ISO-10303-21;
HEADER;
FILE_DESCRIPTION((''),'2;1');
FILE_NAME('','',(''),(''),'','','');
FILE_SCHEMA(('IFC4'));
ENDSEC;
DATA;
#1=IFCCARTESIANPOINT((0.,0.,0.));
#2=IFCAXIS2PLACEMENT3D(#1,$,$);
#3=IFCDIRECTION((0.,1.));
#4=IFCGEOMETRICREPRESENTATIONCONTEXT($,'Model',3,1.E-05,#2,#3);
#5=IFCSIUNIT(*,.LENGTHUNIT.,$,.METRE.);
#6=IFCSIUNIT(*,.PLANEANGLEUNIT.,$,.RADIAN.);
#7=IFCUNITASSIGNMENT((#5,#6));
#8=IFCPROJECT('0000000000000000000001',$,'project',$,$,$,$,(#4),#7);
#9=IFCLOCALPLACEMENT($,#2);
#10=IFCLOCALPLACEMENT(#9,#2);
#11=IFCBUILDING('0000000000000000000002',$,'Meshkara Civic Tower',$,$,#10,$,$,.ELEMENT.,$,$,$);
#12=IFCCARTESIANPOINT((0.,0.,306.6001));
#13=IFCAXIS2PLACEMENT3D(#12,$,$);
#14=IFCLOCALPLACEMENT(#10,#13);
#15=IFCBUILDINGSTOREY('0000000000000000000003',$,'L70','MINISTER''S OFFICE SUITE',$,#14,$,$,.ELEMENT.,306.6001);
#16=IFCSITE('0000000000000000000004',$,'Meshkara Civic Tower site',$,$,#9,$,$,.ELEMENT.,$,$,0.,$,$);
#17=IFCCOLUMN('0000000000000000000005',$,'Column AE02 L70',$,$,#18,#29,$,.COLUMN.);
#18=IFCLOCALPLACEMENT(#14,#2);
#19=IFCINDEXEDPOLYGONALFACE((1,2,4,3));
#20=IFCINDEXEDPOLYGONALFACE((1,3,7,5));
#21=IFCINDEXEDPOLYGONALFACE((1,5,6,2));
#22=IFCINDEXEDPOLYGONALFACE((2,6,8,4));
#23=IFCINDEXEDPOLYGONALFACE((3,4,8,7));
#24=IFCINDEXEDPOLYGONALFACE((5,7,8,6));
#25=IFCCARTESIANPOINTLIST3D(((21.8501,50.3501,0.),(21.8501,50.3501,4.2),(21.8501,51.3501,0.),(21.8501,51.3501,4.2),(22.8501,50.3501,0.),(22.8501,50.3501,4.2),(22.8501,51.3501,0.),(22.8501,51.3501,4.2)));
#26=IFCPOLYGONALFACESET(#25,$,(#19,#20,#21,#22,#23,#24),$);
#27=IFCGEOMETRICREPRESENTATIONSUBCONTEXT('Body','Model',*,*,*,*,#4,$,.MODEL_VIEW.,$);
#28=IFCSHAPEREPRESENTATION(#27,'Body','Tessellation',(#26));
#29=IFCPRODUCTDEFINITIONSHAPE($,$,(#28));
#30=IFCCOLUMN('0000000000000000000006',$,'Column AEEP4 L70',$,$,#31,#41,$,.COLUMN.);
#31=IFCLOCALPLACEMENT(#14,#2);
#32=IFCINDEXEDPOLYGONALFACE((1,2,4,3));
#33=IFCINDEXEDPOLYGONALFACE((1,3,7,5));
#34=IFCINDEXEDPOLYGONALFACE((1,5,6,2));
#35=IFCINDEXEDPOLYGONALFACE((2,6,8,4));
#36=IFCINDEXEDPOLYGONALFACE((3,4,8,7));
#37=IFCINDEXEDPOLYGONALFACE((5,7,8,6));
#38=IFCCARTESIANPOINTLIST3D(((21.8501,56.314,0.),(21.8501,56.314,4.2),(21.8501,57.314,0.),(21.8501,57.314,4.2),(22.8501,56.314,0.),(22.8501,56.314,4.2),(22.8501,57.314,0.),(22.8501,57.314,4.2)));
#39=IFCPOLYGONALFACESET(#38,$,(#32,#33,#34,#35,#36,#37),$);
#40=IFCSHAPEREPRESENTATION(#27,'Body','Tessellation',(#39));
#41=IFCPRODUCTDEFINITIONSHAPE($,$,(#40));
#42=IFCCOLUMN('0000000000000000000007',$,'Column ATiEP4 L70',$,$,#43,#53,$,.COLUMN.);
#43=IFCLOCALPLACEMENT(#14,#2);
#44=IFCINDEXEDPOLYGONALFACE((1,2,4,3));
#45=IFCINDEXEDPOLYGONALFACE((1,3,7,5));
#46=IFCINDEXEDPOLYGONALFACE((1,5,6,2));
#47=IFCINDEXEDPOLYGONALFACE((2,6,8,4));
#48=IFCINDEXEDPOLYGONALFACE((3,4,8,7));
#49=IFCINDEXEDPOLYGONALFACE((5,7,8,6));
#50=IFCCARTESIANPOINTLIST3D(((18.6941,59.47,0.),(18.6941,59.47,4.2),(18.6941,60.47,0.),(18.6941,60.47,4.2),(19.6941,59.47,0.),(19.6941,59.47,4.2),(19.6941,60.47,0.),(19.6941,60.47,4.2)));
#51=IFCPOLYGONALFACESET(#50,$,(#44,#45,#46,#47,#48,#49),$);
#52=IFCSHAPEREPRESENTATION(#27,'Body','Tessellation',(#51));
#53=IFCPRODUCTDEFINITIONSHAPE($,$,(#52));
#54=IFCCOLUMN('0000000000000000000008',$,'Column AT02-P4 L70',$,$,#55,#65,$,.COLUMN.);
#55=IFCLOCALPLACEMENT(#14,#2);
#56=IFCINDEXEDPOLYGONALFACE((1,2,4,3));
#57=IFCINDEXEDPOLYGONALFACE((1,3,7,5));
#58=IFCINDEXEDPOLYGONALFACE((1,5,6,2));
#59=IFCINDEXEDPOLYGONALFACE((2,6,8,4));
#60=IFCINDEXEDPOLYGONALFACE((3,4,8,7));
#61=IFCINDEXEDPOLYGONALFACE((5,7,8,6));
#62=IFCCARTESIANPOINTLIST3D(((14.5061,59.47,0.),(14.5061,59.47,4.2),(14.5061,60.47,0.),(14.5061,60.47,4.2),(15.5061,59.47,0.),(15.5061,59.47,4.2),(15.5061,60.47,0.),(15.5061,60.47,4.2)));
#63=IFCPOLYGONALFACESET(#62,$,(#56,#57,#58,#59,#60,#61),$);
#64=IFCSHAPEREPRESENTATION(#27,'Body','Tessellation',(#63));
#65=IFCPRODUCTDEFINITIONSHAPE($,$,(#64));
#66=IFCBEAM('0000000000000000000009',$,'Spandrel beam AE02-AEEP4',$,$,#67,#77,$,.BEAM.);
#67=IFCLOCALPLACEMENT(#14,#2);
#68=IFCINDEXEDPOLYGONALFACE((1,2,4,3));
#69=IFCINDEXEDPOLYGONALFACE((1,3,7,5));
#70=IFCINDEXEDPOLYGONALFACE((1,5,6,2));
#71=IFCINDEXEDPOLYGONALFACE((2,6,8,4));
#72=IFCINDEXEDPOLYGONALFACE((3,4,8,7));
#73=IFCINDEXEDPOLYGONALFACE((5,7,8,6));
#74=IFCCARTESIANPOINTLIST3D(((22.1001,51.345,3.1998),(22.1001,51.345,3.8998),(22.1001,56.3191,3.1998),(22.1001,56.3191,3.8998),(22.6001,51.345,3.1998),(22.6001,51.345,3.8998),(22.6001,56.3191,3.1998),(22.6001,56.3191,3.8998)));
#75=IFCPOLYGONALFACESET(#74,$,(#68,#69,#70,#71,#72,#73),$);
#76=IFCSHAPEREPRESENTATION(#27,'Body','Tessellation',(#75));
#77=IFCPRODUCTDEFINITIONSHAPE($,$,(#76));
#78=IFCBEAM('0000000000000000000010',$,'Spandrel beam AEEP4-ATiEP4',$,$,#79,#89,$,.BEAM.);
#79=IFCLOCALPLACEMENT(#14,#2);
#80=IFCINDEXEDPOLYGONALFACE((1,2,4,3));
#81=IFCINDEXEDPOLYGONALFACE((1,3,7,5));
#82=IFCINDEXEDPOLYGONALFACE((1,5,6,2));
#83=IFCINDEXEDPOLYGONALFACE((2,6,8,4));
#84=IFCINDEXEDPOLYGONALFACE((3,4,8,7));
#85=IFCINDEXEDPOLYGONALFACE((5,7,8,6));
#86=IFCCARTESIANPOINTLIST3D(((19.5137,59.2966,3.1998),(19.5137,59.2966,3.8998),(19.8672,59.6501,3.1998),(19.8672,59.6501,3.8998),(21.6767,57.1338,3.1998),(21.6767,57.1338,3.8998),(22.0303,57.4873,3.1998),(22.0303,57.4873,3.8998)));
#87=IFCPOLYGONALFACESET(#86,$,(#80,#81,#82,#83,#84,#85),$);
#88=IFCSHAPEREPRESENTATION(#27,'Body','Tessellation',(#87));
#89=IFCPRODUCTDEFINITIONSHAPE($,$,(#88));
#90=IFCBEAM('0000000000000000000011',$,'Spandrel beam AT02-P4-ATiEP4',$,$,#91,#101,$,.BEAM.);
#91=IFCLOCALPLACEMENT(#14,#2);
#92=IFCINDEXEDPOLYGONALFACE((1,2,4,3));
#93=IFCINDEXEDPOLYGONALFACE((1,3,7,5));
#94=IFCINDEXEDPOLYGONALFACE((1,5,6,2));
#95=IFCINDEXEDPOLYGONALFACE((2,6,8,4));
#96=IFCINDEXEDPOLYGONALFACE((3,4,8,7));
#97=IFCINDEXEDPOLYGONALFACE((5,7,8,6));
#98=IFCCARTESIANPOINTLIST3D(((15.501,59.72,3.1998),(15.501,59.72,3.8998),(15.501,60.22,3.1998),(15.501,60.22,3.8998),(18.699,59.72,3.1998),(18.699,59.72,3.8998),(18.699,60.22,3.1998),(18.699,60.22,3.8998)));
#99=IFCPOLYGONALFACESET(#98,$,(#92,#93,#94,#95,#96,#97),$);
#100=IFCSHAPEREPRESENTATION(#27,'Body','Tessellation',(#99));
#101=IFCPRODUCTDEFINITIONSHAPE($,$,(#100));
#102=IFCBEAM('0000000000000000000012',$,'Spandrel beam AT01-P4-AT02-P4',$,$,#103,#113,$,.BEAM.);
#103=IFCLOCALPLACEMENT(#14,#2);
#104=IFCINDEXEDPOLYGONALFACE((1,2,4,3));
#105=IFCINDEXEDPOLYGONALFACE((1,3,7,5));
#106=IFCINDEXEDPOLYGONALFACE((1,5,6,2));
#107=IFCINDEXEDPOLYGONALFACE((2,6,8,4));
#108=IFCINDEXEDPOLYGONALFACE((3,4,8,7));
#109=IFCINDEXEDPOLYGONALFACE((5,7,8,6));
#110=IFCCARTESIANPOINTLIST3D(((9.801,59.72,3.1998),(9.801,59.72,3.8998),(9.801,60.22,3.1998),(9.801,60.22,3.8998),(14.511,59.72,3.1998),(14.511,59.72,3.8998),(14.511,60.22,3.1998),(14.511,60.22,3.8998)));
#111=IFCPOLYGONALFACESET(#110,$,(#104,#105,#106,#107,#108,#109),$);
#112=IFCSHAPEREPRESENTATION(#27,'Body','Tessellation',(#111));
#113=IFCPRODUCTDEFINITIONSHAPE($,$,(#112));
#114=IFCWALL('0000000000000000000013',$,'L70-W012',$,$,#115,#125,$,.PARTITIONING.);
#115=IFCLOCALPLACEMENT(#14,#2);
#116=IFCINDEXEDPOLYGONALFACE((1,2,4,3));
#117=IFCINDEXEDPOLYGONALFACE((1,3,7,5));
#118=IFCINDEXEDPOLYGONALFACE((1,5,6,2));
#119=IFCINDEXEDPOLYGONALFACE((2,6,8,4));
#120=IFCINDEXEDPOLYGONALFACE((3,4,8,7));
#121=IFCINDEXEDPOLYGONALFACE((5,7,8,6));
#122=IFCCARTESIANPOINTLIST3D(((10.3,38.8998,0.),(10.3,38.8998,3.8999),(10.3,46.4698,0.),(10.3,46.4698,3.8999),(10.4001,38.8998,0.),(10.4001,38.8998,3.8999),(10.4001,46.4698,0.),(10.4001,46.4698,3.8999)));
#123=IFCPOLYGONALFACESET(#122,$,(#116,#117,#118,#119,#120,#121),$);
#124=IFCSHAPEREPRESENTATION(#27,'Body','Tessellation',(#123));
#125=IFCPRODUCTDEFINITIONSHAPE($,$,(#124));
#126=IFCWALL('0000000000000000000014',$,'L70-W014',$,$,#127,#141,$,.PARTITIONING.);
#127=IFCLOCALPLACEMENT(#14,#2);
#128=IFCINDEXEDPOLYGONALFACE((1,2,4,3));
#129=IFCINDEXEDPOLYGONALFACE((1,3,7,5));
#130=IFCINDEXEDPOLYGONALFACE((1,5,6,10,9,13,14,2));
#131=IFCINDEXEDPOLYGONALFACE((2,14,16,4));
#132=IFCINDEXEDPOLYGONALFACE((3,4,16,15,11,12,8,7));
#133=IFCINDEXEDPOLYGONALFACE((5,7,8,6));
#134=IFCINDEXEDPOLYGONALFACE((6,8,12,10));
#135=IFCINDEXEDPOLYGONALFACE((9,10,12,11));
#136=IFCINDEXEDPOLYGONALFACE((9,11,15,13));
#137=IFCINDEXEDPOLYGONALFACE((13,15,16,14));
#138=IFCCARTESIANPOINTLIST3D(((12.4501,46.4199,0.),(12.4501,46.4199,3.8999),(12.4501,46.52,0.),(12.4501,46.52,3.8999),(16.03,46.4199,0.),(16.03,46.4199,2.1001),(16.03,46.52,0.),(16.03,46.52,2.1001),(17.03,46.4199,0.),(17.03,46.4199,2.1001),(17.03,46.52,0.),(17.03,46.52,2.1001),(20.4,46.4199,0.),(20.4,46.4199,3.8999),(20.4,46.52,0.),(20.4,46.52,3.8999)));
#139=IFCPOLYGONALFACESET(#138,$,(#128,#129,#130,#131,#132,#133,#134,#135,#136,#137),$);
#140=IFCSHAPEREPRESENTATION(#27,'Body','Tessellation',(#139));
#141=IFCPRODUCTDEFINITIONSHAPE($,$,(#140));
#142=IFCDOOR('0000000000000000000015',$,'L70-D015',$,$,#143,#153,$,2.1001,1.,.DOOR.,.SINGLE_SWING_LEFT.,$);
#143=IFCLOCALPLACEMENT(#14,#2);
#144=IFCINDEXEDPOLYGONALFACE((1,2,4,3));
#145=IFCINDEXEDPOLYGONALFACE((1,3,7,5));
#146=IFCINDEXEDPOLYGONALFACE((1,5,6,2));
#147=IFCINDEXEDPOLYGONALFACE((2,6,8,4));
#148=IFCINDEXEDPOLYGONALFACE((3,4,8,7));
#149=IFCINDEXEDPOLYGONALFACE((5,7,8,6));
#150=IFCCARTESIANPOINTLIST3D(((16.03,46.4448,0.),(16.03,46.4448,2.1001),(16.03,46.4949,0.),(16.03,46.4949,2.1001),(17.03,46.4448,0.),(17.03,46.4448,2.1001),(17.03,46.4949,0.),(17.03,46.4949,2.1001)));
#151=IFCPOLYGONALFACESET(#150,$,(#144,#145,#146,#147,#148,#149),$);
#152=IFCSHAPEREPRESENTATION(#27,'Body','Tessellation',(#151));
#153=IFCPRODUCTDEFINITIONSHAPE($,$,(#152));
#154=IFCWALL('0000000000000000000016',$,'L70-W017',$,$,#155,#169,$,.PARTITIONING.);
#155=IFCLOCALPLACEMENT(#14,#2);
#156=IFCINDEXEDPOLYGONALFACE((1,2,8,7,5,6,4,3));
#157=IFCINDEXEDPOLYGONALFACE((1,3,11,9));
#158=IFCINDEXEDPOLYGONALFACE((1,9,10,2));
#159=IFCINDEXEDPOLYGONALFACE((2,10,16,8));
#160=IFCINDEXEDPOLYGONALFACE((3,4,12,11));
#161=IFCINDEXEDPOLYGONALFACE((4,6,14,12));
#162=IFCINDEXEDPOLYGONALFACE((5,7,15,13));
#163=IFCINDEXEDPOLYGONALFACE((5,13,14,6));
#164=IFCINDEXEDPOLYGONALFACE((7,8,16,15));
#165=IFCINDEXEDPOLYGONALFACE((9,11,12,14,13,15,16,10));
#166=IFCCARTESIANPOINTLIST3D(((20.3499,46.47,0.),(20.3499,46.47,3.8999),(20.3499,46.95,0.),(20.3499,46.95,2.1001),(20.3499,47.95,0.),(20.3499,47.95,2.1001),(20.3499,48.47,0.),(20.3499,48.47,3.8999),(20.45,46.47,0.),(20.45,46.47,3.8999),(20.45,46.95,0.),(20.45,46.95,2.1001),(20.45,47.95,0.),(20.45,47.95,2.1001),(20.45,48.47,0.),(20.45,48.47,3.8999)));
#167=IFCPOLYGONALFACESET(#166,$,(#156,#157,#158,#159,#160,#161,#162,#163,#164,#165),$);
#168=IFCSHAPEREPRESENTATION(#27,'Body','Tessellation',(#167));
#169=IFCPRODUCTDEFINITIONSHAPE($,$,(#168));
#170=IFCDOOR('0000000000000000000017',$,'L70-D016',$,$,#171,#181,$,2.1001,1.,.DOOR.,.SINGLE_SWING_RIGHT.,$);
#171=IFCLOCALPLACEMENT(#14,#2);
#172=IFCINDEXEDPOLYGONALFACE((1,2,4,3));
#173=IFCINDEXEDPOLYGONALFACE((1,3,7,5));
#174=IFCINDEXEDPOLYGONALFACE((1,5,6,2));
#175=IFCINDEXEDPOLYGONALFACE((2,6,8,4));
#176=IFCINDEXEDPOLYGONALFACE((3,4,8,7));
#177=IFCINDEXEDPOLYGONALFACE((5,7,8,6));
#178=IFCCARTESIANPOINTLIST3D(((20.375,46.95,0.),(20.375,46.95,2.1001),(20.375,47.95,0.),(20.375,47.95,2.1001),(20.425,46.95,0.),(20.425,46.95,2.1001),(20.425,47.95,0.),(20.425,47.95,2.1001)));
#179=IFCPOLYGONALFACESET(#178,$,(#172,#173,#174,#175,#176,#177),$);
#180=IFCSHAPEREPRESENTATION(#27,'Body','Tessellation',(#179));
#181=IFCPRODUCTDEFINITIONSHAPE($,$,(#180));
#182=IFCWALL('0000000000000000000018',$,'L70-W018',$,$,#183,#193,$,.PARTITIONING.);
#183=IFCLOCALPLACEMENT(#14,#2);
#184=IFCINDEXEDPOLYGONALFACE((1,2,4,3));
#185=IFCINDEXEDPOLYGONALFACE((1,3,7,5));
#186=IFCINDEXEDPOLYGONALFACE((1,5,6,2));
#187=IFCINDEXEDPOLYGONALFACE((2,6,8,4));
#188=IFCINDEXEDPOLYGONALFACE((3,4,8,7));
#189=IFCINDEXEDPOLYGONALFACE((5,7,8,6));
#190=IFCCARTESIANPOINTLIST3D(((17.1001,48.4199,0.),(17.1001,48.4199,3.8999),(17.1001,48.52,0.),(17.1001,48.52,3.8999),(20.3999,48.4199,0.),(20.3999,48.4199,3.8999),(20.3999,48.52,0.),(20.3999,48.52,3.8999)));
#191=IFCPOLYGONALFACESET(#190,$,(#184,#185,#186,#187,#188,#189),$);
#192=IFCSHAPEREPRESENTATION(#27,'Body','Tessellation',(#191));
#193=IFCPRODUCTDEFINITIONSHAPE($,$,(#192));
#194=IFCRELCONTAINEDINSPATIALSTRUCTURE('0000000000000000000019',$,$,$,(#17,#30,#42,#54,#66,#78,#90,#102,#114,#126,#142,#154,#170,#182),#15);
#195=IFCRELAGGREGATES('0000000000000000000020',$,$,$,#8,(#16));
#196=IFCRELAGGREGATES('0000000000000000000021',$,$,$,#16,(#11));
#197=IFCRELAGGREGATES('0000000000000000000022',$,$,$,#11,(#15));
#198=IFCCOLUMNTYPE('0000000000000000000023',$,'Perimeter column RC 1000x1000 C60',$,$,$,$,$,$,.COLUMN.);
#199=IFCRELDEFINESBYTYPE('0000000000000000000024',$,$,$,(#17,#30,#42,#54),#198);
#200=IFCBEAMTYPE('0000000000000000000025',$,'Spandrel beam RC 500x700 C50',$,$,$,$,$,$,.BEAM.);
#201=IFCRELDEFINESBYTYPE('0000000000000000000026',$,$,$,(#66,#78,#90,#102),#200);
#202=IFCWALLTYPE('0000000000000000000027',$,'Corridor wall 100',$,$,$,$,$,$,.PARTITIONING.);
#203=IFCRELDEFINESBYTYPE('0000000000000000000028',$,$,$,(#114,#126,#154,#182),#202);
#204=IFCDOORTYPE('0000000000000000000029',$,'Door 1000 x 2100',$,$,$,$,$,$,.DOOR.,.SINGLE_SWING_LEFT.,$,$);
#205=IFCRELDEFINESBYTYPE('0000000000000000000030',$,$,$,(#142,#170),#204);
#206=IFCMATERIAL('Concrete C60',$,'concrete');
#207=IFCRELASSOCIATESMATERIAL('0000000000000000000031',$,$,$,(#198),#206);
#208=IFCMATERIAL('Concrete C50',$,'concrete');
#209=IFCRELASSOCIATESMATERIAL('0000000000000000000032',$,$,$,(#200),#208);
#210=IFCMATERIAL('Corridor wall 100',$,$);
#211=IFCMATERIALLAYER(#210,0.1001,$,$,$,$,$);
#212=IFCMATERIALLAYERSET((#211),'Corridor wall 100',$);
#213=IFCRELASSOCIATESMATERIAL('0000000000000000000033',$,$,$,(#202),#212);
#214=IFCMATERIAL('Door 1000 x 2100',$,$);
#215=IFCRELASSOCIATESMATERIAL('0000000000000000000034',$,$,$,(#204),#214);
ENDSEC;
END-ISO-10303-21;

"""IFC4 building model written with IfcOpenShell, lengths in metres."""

from ifc_helpers import new_model, si_unit, direction, frame, frame_2d, origin, origin_2d, place, context, subcontext, project, spatial, rectangle, extrude, material, layer, layer_set, material_profile, profile_set, type_object, element, fill, save


model = new_model("IFC4")

# Units and contexts
model_context = context("Model", 3, precision=1e-05, world=origin(), true_north=direction((0.0, 1.0)))
body_context = subcontext(model_context, "Body", "Model", "MODEL_VIEW")
ifc_project = project(units=[si_unit("LENGTHUNIT", "METRE"), si_unit("PLANEANGLEUNIT", "RADIAN")], contexts=[model_context])

# Site, building, storey
site_placement = place(None, origin())
site = spatial("IfcSite", under=ifc_project, at=site_placement, Name="Meshkara Civic Tower site", CompositionType="ELEMENT", RefElevation=0.0)
building_placement = place(site_placement, origin())
building = spatial("IfcBuilding", under=site, at=building_placement, Name="Meshkara Civic Tower", CompositionType="ELEMENT")
storey_placement = place(building_placement, frame((0.0, 0.0, 306.6001)))
storey = spatial("IfcBuildingStorey", under=building, at=storey_placement, Name="L70", Description="MINISTER'S OFFICE SUITE", CompositionType="ELEMENT", Elevation=306.6001)

# Columns
ifc_material_1 = material(Name="Concrete C60", Category="concrete")
ifc_material_profile_1 = material_profile(ifc_material_1, rectangle(XDim=1.0, YDim=1.0, at=origin_2d()))
ifc_profile_set_1 = profile_set([ifc_material_profile_1], Name="Concrete C60")
column_type = type_object("IfcColumnType", Name="Perimeter column RC 1000x1000 C60", PredefinedType="COLUMN", material=ifc_profile_set_1)
for number, where, z_axis, x_axis, name in (
    (1, (22.3501, 50.8501, 0.0), (0.0, 0.0, 1.0), (1.0, 0.0, 0.0), "Column AE02 L70"),
    (2, (22.3501, 56.814, 0.0), (0.0, 0.0, 1.0), (1.0, 0.0, 0.0), "Column AEEP4 L70"),
    (3, (19.1941, 59.97, 0.0), (0.0, 0.0, 1.0), (1.0, 0.0, 0.0), "Column ATiEP4 L70"),
    (4, (15.0061, 59.97, 0.0), (0.0, 0.0, 1.0), (1.0, 0.0, 0.0), "Column AT02-P4 L70"),
):
    element("IfcColumn", number, at=place(storey_placement, frame(where, z_axis=z_axis, x_axis=x_axis)), inside=storey, type_object=column_type, Name=name, PredefinedType="COLUMN", context=body_context, shape_type="SweptSolid", body=[
        extrude(rectangle(XDim=1.0, YDim=1.0, at=origin_2d()), origin(), (0.0, 0.0, 1.0), 4.2),
    ])

# Beams
ifc_material_2 = material(Name="Concrete C50", Category="concrete")
ifc_material_profile_2 = material_profile(ifc_material_2, rectangle(XDim=0.5, YDim=0.7, at=origin_2d()))
ifc_profile_set_2 = profile_set([ifc_material_profile_2], Name="Concrete C50")
beam_type = type_object("IfcBeamType", Name="Spandrel beam RC 500x700 C50", PredefinedType="BEAM", material=ifc_profile_set_2)
beam_1_placement = place(storey_placement, frame((22.3501, 51.345, 3.5498), z_axis=(0.0, 1.0, 0.0), x_axis=(-1.0, 0.0, 0.0)))
element("IfcBeam", 5, at=beam_1_placement, inside=storey, type_object=beam_type, Name="Spandrel beam AE02-AEEP4", PredefinedType="BEAM", context=body_context, shape_type="SweptSolid", body=[
    extrude(rectangle(XDim=0.5, YDim=0.7, at=origin_2d()), origin(), (0.0, 0.0, 1.0), 4.9741),
])
beam_2_placement = place(storey_placement, frame((21.8535, 57.3105, 3.5498), z_axis=(-0.707147, 0.707067, 0.0), x_axis=(-0.707067, -0.707147, 0.0)))
element("IfcBeam", 6, at=beam_2_placement, inside=storey, type_object=beam_type, Name="Spandrel beam AEEP4-ATiEP4", PredefinedType="BEAM", context=body_context, shape_type="SweptSolid", body=[
    extrude(rectangle(XDim=0.5, YDim=0.7, at=origin_2d()), origin(), (0.0, 0.0, 1.0), 3.0588),
])
beam_3_placement = place(storey_placement, frame((18.699, 59.97, 3.5498), z_axis=(-1.0, 0.0, 0.0), x_axis=(0.0, -1.0, 0.0)))
element("IfcBeam", 7, at=beam_3_placement, inside=storey, type_object=beam_type, Name="Spandrel beam AT02-P4-ATiEP4", PredefinedType="BEAM", context=body_context, shape_type="SweptSolid", body=[
    extrude(rectangle(XDim=0.5, YDim=0.7, at=origin_2d()), origin(), (0.0, 0.0, 1.0), 3.198),
])
beam_4_placement = place(storey_placement, frame((14.511, 59.97, 3.5498), z_axis=(-1.0, 0.0, 0.0), x_axis=(0.0, -1.0, 0.0)))
element("IfcBeam", 8, at=beam_4_placement, inside=storey, type_object=beam_type, Name="Spandrel beam AT01-P4-AT02-P4", PredefinedType="BEAM", context=body_context, shape_type="SweptSolid", body=[
    extrude(rectangle(XDim=0.5, YDim=0.7, at=origin_2d()), origin(), (0.0, 0.0, 1.0), 4.71),
])

# Wall
ifc_material_3 = material(Name="Corridor wall 100")
ifc_layer_1 = layer(ifc_material_3, 0.1001)
ifc_layer_set_1 = layer_set([ifc_layer_1], Name="Corridor wall 100")
wall_type_1 = type_object("IfcWallType", Name="Corridor wall 100", PredefinedType="PARTITIONING", material=ifc_layer_set_1)
wall_1_placement = place(storey_placement, frame((10.3501, 46.47, 0.0), z_axis=(0.0, 0.0, 1.0), x_axis=(0.0, -1.0, 0.0)))
element("IfcWall", 9, at=wall_1_placement, inside=storey, type_object=wall_type_1, Name="L70-W012", PredefinedType="PARTITIONING", context=body_context, shape_type="SweptSolid", body=[
    extrude(rectangle(XDim=7.5701, YDim=0.1001, at=frame_2d((3.7852, 0.0))), origin(), (0.0, 0.0, 1.0), 3.8999),
])

# Walls, openings, doors
wall_2_placement = place(storey_placement, frame((12.45, 46.47, 0.0), z_axis=(0.0, 0.0, 1.0), x_axis=(1.0, 0.0, 0.0)))
wall_2 = element("IfcWall", 10, at=wall_2_placement, inside=storey, type_object=wall_type_1, Name="L70-W014", PredefinedType="PARTITIONING", context=body_context, shape_type="SweptSolid", body=[
    extrude(rectangle(XDim=7.95, YDim=0.1001, at=frame_2d((3.9751, 0.0))), origin(), (0.0, 0.0, 1.0), 3.8999),
])
opening_1_placement = place(wall_2_placement, frame((3.5801, 0.0, 0.0)))
opening_1 = element("IfcOpeningElement", 11, at=opening_1_placement, cuts=wall_2, PredefinedType="OPENING", context=body_context, shape_type="SweptSolid", body=[
    extrude(rectangle(XDim=1.0, YDim=2.1001, at=frame_2d((0.5, 1.05))), frame((0.0, 0.0601, 0.0), z_axis=(0.0, -1.0, 0.0), x_axis=(1.0, 0.0, 0.0)), (0.0, 0.0, 1.0), 0.1201),
])
ifc_material_4 = material(Name="Door 1000 x 2100")
door_type_1 = type_object("IfcDoorType", Name="Door 1000 x 2100", OperationType="SINGLE_SWING_LEFT", PredefinedType="DOOR", material=ifc_material_4)
door_1_placement = place(opening_1_placement, origin())
door_1 = element("IfcDoor", 12, at=door_1_placement, inside=storey, type_object=door_type_1, Name="L70-D015", OperationType="SINGLE_SWING_LEFT", OverallHeight=2.1001, OverallWidth=1.0, PredefinedType="DOOR", context=body_context, shape_type="SweptSolid", body=[
    extrude(rectangle(XDim=1.0, YDim=2.1001, at=frame_2d((0.5, 1.05))), frame((0.0, 0.0249, 0.0), z_axis=(0.0, -1.0, 0.0), x_axis=(1.0, 0.0, 0.0)), (0.0, 0.0, 1.0), 0.05),
])
fill(opening_1, door_1)
wall_3_placement = place(storey_placement, frame((20.3999, 46.47, 0.0), z_axis=(0.0, 0.0, 1.0), x_axis=(0.0, 1.0, 0.0)))
wall_3 = element("IfcWall", 13, at=wall_3_placement, inside=storey, type_object=wall_type_1, Name="L70-W017", PredefinedType="PARTITIONING", context=body_context, shape_type="SweptSolid", body=[
    extrude(rectangle(XDim=2.0, YDim=0.1001, at=frame_2d((1.0, 0.0))), origin(), (0.0, 0.0, 1.0), 3.8999),
])
opening_2_placement = place(wall_3_placement, frame((0.48, 0.0, 0.0)))
opening_2 = element("IfcOpeningElement", 14, at=opening_2_placement, cuts=wall_3, PredefinedType="OPENING", context=body_context, shape_type="SweptSolid", body=[
    extrude(rectangle(XDim=1.0, YDim=2.1001, at=frame_2d((0.5, 1.05))), frame((0.0, 0.0601, 0.0), z_axis=(0.0, -1.0, 0.0), x_axis=(1.0, 0.0, 0.0)), (0.0, 0.0, 1.0), 0.1201),
])
door_2_placement = place(opening_2_placement, origin())
door_2 = element("IfcDoor", 15, at=door_2_placement, inside=storey, type_object=door_type_1, Name="L70-D016", OperationType="SINGLE_SWING_RIGHT", OverallHeight=2.1001, OverallWidth=1.0, PredefinedType="DOOR", context=body_context, shape_type="SweptSolid", body=[
    extrude(rectangle(XDim=1.0, YDim=2.1001, at=frame_2d((0.5, 1.05))), frame((0.0, 0.0249, 0.0), z_axis=(0.0, -1.0, 0.0), x_axis=(1.0, 0.0, 0.0)), (0.0, 0.0, 1.0), 0.05),
])
fill(opening_2, door_2)

# Wall
wall_4_placement = place(storey_placement, frame((20.3999, 48.47, 0.0), z_axis=(0.0, 0.0, 1.0), x_axis=(-1.0, 0.0, 0.0)))
element("IfcWall", 16, at=wall_4_placement, inside=storey, type_object=wall_type_1, Name="L70-W018", PredefinedType="PARTITIONING", context=body_context, shape_type="SweptSolid", body=[
    extrude(rectangle(XDim=3.2998, YDim=0.1001, at=frame_2d((1.6499, 0.0))), origin(), (0.0, 0.0, 1.0), 3.8999),
])

save(model, "model.ifc")
